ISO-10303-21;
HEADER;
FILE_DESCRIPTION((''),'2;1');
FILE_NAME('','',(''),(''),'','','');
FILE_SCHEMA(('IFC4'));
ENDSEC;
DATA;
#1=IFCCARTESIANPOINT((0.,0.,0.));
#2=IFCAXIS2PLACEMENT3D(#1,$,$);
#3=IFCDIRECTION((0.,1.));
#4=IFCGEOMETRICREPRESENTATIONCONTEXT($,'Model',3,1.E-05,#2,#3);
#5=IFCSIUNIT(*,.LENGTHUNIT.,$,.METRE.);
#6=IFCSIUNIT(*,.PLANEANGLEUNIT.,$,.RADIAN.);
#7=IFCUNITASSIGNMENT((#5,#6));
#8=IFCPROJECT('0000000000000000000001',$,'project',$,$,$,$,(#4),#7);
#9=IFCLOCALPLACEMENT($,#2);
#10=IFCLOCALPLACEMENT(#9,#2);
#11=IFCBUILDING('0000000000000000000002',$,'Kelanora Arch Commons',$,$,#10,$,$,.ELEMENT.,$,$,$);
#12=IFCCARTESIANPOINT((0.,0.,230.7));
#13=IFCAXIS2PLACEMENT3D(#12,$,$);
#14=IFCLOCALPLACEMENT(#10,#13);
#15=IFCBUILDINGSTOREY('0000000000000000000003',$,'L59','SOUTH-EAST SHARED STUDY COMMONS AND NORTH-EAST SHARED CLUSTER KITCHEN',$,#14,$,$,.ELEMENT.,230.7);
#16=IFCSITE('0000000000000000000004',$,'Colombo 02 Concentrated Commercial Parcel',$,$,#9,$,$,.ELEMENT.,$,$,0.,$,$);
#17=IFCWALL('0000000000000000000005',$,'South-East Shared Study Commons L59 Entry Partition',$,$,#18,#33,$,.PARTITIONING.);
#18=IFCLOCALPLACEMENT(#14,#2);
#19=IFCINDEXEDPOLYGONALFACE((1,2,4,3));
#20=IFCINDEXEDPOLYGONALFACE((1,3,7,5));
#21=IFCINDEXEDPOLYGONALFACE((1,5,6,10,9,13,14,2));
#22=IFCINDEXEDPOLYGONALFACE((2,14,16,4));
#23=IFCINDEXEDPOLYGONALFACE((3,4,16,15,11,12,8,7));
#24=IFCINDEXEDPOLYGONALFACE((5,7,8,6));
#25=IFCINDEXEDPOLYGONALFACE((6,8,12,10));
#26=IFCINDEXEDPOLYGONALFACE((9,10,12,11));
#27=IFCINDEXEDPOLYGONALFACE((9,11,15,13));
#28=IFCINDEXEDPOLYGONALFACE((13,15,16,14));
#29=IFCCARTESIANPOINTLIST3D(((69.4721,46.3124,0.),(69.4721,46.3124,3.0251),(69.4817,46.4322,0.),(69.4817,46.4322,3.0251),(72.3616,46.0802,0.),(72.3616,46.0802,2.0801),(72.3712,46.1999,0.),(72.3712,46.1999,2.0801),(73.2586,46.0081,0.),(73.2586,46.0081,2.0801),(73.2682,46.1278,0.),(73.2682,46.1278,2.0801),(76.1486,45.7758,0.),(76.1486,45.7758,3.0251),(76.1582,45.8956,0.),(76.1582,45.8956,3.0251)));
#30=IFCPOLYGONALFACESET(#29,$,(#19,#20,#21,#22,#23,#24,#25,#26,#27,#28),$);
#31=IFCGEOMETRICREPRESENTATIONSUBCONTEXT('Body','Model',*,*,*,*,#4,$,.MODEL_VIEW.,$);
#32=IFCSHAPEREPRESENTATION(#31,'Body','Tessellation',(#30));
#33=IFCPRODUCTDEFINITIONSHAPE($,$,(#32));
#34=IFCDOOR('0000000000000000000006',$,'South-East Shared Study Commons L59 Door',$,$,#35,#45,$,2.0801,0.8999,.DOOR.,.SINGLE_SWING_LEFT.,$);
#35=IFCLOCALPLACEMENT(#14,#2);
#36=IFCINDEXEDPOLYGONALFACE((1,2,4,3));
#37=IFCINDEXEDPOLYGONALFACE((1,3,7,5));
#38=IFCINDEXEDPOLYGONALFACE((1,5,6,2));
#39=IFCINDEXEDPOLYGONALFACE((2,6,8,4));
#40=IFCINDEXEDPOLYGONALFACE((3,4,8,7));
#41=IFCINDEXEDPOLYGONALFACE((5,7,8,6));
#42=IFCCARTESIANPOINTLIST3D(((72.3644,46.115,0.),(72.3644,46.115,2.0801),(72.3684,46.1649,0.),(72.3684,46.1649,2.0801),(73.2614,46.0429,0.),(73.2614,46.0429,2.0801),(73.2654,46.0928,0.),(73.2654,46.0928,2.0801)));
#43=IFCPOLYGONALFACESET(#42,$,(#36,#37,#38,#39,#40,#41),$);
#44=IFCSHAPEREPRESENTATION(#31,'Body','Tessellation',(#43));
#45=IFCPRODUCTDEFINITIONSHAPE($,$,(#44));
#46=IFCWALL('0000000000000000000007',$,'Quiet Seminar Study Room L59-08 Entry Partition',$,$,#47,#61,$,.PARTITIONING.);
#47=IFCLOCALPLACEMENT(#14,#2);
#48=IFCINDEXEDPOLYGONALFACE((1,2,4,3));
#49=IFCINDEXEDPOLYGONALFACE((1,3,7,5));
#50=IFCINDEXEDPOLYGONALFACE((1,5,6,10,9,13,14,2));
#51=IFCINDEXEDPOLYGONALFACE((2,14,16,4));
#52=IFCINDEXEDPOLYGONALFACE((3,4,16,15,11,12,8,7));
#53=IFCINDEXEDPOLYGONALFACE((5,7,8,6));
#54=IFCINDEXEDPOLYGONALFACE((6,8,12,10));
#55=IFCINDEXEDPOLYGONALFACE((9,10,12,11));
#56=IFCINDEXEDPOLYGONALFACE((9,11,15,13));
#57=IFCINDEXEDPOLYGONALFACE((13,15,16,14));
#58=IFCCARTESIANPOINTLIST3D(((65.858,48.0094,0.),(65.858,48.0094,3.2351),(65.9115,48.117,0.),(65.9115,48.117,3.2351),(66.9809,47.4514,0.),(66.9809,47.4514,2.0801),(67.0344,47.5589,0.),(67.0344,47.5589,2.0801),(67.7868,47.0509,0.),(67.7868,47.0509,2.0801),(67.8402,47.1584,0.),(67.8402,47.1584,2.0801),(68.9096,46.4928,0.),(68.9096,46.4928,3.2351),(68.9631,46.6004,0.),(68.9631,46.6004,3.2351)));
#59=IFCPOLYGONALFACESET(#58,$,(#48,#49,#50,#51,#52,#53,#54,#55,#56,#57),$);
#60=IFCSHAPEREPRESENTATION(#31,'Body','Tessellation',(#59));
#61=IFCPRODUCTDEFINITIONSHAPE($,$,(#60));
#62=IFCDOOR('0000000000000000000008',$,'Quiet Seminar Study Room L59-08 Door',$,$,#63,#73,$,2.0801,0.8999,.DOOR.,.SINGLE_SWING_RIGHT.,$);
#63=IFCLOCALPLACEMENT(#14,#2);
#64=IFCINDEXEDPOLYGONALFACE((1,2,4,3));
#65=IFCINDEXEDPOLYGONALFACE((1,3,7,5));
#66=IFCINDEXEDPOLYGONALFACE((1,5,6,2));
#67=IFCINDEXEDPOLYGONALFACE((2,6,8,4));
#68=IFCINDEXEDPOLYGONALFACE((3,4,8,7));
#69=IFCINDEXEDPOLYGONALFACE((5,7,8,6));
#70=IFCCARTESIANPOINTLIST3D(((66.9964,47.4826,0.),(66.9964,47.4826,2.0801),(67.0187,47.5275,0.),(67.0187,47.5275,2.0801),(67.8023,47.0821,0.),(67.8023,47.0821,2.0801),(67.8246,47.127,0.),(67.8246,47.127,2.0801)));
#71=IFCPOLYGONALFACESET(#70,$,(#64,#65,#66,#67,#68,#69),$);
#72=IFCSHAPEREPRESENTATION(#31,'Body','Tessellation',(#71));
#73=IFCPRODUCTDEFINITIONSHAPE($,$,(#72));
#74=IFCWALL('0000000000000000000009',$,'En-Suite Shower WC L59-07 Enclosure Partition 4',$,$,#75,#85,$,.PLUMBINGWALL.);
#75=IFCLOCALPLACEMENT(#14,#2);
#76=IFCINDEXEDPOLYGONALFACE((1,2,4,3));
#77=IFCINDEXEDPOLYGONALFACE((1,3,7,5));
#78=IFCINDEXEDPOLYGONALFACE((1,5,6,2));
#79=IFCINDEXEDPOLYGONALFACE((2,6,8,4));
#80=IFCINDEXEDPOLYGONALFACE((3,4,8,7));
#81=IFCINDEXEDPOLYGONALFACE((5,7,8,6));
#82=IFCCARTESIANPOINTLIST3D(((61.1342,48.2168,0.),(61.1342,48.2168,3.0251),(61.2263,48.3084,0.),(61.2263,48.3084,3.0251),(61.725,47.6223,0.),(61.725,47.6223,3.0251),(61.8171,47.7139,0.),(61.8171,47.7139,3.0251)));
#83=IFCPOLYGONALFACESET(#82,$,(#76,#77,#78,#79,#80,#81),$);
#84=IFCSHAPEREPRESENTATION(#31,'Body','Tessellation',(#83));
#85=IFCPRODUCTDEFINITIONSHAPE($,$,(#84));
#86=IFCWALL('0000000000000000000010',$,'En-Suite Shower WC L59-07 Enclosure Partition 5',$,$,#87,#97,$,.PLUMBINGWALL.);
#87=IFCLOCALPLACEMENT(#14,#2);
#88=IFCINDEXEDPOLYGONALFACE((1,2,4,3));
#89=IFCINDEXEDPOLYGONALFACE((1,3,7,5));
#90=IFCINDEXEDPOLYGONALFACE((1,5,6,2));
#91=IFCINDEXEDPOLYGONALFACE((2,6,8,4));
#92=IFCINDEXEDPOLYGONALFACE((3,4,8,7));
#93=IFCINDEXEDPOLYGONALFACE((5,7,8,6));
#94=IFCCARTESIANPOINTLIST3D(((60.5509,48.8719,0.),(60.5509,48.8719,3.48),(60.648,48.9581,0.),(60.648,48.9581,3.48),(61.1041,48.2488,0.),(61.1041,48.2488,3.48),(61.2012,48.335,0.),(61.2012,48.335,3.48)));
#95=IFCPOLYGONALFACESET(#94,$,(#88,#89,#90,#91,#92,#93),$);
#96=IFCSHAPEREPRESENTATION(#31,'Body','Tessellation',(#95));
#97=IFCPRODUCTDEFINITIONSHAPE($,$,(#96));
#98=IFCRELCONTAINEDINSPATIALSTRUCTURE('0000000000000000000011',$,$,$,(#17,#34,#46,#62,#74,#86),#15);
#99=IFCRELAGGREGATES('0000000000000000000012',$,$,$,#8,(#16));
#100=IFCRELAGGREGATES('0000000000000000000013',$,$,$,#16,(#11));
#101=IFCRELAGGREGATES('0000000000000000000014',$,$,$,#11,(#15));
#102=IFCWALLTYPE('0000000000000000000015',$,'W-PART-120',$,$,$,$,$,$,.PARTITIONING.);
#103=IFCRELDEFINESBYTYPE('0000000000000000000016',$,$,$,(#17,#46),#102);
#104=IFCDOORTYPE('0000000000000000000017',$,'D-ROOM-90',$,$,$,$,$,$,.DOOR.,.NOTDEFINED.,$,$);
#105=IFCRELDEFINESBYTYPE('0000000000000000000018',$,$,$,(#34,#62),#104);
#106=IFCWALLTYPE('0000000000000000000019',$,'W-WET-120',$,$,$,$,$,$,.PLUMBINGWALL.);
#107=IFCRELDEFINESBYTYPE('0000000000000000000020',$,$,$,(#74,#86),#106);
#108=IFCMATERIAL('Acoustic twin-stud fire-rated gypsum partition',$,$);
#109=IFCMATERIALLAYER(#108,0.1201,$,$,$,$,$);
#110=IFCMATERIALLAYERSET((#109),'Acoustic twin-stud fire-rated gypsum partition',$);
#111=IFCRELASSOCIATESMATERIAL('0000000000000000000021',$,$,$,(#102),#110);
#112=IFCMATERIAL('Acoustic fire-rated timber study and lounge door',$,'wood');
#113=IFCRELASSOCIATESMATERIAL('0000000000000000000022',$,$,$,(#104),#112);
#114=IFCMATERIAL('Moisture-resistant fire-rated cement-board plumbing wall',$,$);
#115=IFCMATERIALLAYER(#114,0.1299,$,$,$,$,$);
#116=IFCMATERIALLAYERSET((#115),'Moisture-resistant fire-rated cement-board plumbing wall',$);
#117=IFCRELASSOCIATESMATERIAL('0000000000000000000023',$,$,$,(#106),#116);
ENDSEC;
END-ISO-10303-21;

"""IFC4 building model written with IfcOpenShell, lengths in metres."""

from ifc_helpers import new_model, si_unit, direction, frame, frame_2d, origin, place, context, subcontext, project, spatial, rectangle, extrude, material, layer, layer_set, type_object, element, fill, save


model = new_model("IFC4")

# Units and contexts
model_context = context("Model", 3, precision=1e-05, world=origin(), true_north=direction((0.0, 1.0)))
body_context = subcontext(model_context, "Body", "Model", "MODEL_VIEW")
ifc_project = project(units=[si_unit("LENGTHUNIT", "METRE"), si_unit("PLANEANGLEUNIT", "RADIAN")], contexts=[model_context])

# Site, building, storey
site_placement = place(None, origin())
site = spatial("IfcSite", under=ifc_project, at=site_placement, Name="Colombo 02 Concentrated Commercial Parcel", CompositionType="ELEMENT", RefElevation=0.0)
building_placement = place(site_placement, origin())
building = spatial("IfcBuilding", under=site, at=building_placement, Name="Kelanora Arch Commons", CompositionType="ELEMENT")
storey_placement = place(building_placement, frame((0.0, 0.0, 230.7)))
storey = spatial("IfcBuildingStorey", under=building, at=storey_placement, Name="L59", Description="SOUTH-EAST SHARED STUDY COMMONS AND NORTH-EAST SHARED CLUSTER KITCHEN", CompositionType="ELEMENT", Elevation=230.7)

# Walls, openings, doors
ifc_material_1 = material(Name="Acoustic twin-stud fire-rated gypsum partition")
ifc_layer_1 = layer(ifc_material_1, 0.1201)
ifc_layer_set_1 = layer_set([ifc_layer_1], Name="Acoustic twin-stud fire-rated gypsum partition")
wall_type_1 = type_object("IfcWallType", Name="W-PART-120", PredefinedType="PARTITIONING", material=ifc_layer_set_1)
wall_1_placement = place(storey_placement, frame((69.4768, 46.3723, 0.0), z_axis=(0.0, 0.0, 1.0), x_axis=(0.996786, -0.080116, 0.0)))
wall_1 = element("IfcWall", 1, at=wall_1_placement, inside=storey, type_object=wall_type_1, Name="South-East Shared Study Commons L59 Entry Partition", PredefinedType="PARTITIONING", context=body_context, shape_type="SweptSolid", body=[
    extrude(rectangle(XDim=6.698, YDim=0.1201, at=frame_2d((3.3491, 0.0))), origin(), (0.0, 0.0, 1.0), 3.0251),
])
opening_1_placement = place(wall_1_placement, frame((2.8989, 0.0, 0.0)))
opening_1 = element("IfcOpeningElement", 2, at=opening_1_placement, cuts=wall_1, PredefinedType="OPENING", context=body_context, shape_type="SweptSolid", body=[
    extrude(rectangle(XDim=0.8999, YDim=2.0801, at=frame_2d((0.45, 1.04))), frame((0.0, 0.0701, 0.0), z_axis=(0.0, -1.0, 0.0), x_axis=(1.0, 0.0, 0.0)), (0.0, 0.0, 1.0), 0.1401),
])
ifc_material_2 = material(Name="Acoustic fire-rated timber study and lounge door", Category="wood")
door_type_1 = type_object("IfcDoorType", Name="D-ROOM-90", OperationType="NOTDEFINED", PredefinedType="DOOR", material=ifc_material_2)
door_1_placement = place(opening_1_placement, origin())
door_1 = element("IfcDoor", 3, at=door_1_placement, inside=storey, type_object=door_type_1, Name="South-East Shared Study Commons L59 Door", OperationType="SINGLE_SWING_LEFT", OverallHeight=2.0801, OverallWidth=0.8999, PredefinedType="DOOR", context=body_context, shape_type="SweptSolid", body=[
    extrude(rectangle(XDim=0.8999, YDim=2.0801, at=frame_2d((0.45, 1.04))), frame((0.0, 0.0249, 0.0), z_axis=(0.0, -1.0, 0.0), x_axis=(1.0, 0.0, 0.0)), (0.0, 0.0, 1.0), 0.05),
])
fill(opening_1, door_1)
wall_2_placement = place(storey_placement, frame((65.8848, 48.0632, 0.0), z_axis=(0.0, 0.0, 1.0), x_axis=(0.895499, -0.445063, 0.0)))
wall_2 = element("IfcWall", 4, at=wall_2_placement, inside=storey, type_object=wall_type_1, Name="Quiet Seminar Study Room L59-08 Entry Partition", PredefinedType="PARTITIONING", context=body_context, shape_type="SweptSolid", body=[
    extrude(rectangle(XDim=3.4077, YDim=0.1201, at=frame_2d((1.7039, 0.0))), origin(), (0.0, 0.0, 1.0), 3.2351),
])
opening_2_placement = place(wall_2_placement, frame((1.2539, 0.0, 0.0)))
opening_2 = element("IfcOpeningElement", 5, at=opening_2_placement, cuts=wall_2, PredefinedType="OPENING", context=body_context, shape_type="SweptSolid", body=[
    extrude(rectangle(XDim=0.8999, YDim=2.0801, at=frame_2d((0.45, 1.04))), frame((0.0, 0.0701, 0.0), z_axis=(0.0, -1.0, 0.0), x_axis=(1.0, 0.0, 0.0)), (0.0, 0.0, 1.0), 0.1401),
])
door_2_placement = place(opening_2_placement, origin())
door_2 = element("IfcDoor", 6, at=door_2_placement, inside=storey, type_object=door_type_1, Name="Quiet Seminar Study Room L59-08 Door", OperationType="SINGLE_SWING_RIGHT", OverallHeight=2.0801, OverallWidth=0.8999, PredefinedType="DOOR", context=body_context, shape_type="SweptSolid", body=[
    extrude(rectangle(XDim=0.8999, YDim=2.0801, at=frame_2d((0.45, 1.04))), frame((0.0, 0.0249, 0.0), z_axis=(0.0, -1.0, 0.0), x_axis=(1.0, 0.0, 0.0)), (0.0, 0.0, 1.0), 0.05),
])
fill(opening_2, door_2)

# Walls
ifc_material_3 = material(Name="Moisture-resistant fire-rated cement-board plumbing wall")
ifc_layer_2 = layer(ifc_material_3, 0.1299)
ifc_layer_set_2 = layer_set([ifc_layer_2], Name="Moisture-resistant fire-rated cement-board plumbing wall")
wall_type_2 = type_object("IfcWallType", Name="W-WET-120", PredefinedType="PLUMBINGWALL", material=ifc_layer_set_2)
wall_3_placement = place(storey_placement, frame((61.771, 47.6682, 0.0), z_axis=(0.0, 0.0, 1.0), x_axis=(-0.704919, 0.709288, 0.0)))
element("IfcWall", 7, at=wall_3_placement, inside=storey, type_object=wall_type_2, Name="En-Suite Shower WC L59-07 Enclosure Partition 4", PredefinedType="PLUMBINGWALL", context=body_context, shape_type="SweptSolid", body=[
    extrude(rectangle(XDim=0.8381, YDim=0.1299, at=frame_2d((0.4189, 0.0))), origin(), (0.0, 0.0, 1.0), 3.0251),
])
wall_4_placement = place(storey_placement, frame((61.1526, 48.292, 0.0), z_axis=(0.0, 0.0, 1.0), x_axis=(-0.663964, 0.747765, 0.0)))
element("IfcWall", 8, at=wall_4_placement, inside=storey, type_object=wall_type_2, Name="En-Suite Shower WC L59-07 Enclosure Partition 5", PredefinedType="PLUMBINGWALL", context=body_context, shape_type="SweptSolid", body=[
    extrude(rectangle(XDim=0.8333, YDim=0.1299, at=frame_2d((0.4165, 0.0))), origin(), (0.0, 0.0, 1.0), 3.48),
])

save(model, "model.ifc")
